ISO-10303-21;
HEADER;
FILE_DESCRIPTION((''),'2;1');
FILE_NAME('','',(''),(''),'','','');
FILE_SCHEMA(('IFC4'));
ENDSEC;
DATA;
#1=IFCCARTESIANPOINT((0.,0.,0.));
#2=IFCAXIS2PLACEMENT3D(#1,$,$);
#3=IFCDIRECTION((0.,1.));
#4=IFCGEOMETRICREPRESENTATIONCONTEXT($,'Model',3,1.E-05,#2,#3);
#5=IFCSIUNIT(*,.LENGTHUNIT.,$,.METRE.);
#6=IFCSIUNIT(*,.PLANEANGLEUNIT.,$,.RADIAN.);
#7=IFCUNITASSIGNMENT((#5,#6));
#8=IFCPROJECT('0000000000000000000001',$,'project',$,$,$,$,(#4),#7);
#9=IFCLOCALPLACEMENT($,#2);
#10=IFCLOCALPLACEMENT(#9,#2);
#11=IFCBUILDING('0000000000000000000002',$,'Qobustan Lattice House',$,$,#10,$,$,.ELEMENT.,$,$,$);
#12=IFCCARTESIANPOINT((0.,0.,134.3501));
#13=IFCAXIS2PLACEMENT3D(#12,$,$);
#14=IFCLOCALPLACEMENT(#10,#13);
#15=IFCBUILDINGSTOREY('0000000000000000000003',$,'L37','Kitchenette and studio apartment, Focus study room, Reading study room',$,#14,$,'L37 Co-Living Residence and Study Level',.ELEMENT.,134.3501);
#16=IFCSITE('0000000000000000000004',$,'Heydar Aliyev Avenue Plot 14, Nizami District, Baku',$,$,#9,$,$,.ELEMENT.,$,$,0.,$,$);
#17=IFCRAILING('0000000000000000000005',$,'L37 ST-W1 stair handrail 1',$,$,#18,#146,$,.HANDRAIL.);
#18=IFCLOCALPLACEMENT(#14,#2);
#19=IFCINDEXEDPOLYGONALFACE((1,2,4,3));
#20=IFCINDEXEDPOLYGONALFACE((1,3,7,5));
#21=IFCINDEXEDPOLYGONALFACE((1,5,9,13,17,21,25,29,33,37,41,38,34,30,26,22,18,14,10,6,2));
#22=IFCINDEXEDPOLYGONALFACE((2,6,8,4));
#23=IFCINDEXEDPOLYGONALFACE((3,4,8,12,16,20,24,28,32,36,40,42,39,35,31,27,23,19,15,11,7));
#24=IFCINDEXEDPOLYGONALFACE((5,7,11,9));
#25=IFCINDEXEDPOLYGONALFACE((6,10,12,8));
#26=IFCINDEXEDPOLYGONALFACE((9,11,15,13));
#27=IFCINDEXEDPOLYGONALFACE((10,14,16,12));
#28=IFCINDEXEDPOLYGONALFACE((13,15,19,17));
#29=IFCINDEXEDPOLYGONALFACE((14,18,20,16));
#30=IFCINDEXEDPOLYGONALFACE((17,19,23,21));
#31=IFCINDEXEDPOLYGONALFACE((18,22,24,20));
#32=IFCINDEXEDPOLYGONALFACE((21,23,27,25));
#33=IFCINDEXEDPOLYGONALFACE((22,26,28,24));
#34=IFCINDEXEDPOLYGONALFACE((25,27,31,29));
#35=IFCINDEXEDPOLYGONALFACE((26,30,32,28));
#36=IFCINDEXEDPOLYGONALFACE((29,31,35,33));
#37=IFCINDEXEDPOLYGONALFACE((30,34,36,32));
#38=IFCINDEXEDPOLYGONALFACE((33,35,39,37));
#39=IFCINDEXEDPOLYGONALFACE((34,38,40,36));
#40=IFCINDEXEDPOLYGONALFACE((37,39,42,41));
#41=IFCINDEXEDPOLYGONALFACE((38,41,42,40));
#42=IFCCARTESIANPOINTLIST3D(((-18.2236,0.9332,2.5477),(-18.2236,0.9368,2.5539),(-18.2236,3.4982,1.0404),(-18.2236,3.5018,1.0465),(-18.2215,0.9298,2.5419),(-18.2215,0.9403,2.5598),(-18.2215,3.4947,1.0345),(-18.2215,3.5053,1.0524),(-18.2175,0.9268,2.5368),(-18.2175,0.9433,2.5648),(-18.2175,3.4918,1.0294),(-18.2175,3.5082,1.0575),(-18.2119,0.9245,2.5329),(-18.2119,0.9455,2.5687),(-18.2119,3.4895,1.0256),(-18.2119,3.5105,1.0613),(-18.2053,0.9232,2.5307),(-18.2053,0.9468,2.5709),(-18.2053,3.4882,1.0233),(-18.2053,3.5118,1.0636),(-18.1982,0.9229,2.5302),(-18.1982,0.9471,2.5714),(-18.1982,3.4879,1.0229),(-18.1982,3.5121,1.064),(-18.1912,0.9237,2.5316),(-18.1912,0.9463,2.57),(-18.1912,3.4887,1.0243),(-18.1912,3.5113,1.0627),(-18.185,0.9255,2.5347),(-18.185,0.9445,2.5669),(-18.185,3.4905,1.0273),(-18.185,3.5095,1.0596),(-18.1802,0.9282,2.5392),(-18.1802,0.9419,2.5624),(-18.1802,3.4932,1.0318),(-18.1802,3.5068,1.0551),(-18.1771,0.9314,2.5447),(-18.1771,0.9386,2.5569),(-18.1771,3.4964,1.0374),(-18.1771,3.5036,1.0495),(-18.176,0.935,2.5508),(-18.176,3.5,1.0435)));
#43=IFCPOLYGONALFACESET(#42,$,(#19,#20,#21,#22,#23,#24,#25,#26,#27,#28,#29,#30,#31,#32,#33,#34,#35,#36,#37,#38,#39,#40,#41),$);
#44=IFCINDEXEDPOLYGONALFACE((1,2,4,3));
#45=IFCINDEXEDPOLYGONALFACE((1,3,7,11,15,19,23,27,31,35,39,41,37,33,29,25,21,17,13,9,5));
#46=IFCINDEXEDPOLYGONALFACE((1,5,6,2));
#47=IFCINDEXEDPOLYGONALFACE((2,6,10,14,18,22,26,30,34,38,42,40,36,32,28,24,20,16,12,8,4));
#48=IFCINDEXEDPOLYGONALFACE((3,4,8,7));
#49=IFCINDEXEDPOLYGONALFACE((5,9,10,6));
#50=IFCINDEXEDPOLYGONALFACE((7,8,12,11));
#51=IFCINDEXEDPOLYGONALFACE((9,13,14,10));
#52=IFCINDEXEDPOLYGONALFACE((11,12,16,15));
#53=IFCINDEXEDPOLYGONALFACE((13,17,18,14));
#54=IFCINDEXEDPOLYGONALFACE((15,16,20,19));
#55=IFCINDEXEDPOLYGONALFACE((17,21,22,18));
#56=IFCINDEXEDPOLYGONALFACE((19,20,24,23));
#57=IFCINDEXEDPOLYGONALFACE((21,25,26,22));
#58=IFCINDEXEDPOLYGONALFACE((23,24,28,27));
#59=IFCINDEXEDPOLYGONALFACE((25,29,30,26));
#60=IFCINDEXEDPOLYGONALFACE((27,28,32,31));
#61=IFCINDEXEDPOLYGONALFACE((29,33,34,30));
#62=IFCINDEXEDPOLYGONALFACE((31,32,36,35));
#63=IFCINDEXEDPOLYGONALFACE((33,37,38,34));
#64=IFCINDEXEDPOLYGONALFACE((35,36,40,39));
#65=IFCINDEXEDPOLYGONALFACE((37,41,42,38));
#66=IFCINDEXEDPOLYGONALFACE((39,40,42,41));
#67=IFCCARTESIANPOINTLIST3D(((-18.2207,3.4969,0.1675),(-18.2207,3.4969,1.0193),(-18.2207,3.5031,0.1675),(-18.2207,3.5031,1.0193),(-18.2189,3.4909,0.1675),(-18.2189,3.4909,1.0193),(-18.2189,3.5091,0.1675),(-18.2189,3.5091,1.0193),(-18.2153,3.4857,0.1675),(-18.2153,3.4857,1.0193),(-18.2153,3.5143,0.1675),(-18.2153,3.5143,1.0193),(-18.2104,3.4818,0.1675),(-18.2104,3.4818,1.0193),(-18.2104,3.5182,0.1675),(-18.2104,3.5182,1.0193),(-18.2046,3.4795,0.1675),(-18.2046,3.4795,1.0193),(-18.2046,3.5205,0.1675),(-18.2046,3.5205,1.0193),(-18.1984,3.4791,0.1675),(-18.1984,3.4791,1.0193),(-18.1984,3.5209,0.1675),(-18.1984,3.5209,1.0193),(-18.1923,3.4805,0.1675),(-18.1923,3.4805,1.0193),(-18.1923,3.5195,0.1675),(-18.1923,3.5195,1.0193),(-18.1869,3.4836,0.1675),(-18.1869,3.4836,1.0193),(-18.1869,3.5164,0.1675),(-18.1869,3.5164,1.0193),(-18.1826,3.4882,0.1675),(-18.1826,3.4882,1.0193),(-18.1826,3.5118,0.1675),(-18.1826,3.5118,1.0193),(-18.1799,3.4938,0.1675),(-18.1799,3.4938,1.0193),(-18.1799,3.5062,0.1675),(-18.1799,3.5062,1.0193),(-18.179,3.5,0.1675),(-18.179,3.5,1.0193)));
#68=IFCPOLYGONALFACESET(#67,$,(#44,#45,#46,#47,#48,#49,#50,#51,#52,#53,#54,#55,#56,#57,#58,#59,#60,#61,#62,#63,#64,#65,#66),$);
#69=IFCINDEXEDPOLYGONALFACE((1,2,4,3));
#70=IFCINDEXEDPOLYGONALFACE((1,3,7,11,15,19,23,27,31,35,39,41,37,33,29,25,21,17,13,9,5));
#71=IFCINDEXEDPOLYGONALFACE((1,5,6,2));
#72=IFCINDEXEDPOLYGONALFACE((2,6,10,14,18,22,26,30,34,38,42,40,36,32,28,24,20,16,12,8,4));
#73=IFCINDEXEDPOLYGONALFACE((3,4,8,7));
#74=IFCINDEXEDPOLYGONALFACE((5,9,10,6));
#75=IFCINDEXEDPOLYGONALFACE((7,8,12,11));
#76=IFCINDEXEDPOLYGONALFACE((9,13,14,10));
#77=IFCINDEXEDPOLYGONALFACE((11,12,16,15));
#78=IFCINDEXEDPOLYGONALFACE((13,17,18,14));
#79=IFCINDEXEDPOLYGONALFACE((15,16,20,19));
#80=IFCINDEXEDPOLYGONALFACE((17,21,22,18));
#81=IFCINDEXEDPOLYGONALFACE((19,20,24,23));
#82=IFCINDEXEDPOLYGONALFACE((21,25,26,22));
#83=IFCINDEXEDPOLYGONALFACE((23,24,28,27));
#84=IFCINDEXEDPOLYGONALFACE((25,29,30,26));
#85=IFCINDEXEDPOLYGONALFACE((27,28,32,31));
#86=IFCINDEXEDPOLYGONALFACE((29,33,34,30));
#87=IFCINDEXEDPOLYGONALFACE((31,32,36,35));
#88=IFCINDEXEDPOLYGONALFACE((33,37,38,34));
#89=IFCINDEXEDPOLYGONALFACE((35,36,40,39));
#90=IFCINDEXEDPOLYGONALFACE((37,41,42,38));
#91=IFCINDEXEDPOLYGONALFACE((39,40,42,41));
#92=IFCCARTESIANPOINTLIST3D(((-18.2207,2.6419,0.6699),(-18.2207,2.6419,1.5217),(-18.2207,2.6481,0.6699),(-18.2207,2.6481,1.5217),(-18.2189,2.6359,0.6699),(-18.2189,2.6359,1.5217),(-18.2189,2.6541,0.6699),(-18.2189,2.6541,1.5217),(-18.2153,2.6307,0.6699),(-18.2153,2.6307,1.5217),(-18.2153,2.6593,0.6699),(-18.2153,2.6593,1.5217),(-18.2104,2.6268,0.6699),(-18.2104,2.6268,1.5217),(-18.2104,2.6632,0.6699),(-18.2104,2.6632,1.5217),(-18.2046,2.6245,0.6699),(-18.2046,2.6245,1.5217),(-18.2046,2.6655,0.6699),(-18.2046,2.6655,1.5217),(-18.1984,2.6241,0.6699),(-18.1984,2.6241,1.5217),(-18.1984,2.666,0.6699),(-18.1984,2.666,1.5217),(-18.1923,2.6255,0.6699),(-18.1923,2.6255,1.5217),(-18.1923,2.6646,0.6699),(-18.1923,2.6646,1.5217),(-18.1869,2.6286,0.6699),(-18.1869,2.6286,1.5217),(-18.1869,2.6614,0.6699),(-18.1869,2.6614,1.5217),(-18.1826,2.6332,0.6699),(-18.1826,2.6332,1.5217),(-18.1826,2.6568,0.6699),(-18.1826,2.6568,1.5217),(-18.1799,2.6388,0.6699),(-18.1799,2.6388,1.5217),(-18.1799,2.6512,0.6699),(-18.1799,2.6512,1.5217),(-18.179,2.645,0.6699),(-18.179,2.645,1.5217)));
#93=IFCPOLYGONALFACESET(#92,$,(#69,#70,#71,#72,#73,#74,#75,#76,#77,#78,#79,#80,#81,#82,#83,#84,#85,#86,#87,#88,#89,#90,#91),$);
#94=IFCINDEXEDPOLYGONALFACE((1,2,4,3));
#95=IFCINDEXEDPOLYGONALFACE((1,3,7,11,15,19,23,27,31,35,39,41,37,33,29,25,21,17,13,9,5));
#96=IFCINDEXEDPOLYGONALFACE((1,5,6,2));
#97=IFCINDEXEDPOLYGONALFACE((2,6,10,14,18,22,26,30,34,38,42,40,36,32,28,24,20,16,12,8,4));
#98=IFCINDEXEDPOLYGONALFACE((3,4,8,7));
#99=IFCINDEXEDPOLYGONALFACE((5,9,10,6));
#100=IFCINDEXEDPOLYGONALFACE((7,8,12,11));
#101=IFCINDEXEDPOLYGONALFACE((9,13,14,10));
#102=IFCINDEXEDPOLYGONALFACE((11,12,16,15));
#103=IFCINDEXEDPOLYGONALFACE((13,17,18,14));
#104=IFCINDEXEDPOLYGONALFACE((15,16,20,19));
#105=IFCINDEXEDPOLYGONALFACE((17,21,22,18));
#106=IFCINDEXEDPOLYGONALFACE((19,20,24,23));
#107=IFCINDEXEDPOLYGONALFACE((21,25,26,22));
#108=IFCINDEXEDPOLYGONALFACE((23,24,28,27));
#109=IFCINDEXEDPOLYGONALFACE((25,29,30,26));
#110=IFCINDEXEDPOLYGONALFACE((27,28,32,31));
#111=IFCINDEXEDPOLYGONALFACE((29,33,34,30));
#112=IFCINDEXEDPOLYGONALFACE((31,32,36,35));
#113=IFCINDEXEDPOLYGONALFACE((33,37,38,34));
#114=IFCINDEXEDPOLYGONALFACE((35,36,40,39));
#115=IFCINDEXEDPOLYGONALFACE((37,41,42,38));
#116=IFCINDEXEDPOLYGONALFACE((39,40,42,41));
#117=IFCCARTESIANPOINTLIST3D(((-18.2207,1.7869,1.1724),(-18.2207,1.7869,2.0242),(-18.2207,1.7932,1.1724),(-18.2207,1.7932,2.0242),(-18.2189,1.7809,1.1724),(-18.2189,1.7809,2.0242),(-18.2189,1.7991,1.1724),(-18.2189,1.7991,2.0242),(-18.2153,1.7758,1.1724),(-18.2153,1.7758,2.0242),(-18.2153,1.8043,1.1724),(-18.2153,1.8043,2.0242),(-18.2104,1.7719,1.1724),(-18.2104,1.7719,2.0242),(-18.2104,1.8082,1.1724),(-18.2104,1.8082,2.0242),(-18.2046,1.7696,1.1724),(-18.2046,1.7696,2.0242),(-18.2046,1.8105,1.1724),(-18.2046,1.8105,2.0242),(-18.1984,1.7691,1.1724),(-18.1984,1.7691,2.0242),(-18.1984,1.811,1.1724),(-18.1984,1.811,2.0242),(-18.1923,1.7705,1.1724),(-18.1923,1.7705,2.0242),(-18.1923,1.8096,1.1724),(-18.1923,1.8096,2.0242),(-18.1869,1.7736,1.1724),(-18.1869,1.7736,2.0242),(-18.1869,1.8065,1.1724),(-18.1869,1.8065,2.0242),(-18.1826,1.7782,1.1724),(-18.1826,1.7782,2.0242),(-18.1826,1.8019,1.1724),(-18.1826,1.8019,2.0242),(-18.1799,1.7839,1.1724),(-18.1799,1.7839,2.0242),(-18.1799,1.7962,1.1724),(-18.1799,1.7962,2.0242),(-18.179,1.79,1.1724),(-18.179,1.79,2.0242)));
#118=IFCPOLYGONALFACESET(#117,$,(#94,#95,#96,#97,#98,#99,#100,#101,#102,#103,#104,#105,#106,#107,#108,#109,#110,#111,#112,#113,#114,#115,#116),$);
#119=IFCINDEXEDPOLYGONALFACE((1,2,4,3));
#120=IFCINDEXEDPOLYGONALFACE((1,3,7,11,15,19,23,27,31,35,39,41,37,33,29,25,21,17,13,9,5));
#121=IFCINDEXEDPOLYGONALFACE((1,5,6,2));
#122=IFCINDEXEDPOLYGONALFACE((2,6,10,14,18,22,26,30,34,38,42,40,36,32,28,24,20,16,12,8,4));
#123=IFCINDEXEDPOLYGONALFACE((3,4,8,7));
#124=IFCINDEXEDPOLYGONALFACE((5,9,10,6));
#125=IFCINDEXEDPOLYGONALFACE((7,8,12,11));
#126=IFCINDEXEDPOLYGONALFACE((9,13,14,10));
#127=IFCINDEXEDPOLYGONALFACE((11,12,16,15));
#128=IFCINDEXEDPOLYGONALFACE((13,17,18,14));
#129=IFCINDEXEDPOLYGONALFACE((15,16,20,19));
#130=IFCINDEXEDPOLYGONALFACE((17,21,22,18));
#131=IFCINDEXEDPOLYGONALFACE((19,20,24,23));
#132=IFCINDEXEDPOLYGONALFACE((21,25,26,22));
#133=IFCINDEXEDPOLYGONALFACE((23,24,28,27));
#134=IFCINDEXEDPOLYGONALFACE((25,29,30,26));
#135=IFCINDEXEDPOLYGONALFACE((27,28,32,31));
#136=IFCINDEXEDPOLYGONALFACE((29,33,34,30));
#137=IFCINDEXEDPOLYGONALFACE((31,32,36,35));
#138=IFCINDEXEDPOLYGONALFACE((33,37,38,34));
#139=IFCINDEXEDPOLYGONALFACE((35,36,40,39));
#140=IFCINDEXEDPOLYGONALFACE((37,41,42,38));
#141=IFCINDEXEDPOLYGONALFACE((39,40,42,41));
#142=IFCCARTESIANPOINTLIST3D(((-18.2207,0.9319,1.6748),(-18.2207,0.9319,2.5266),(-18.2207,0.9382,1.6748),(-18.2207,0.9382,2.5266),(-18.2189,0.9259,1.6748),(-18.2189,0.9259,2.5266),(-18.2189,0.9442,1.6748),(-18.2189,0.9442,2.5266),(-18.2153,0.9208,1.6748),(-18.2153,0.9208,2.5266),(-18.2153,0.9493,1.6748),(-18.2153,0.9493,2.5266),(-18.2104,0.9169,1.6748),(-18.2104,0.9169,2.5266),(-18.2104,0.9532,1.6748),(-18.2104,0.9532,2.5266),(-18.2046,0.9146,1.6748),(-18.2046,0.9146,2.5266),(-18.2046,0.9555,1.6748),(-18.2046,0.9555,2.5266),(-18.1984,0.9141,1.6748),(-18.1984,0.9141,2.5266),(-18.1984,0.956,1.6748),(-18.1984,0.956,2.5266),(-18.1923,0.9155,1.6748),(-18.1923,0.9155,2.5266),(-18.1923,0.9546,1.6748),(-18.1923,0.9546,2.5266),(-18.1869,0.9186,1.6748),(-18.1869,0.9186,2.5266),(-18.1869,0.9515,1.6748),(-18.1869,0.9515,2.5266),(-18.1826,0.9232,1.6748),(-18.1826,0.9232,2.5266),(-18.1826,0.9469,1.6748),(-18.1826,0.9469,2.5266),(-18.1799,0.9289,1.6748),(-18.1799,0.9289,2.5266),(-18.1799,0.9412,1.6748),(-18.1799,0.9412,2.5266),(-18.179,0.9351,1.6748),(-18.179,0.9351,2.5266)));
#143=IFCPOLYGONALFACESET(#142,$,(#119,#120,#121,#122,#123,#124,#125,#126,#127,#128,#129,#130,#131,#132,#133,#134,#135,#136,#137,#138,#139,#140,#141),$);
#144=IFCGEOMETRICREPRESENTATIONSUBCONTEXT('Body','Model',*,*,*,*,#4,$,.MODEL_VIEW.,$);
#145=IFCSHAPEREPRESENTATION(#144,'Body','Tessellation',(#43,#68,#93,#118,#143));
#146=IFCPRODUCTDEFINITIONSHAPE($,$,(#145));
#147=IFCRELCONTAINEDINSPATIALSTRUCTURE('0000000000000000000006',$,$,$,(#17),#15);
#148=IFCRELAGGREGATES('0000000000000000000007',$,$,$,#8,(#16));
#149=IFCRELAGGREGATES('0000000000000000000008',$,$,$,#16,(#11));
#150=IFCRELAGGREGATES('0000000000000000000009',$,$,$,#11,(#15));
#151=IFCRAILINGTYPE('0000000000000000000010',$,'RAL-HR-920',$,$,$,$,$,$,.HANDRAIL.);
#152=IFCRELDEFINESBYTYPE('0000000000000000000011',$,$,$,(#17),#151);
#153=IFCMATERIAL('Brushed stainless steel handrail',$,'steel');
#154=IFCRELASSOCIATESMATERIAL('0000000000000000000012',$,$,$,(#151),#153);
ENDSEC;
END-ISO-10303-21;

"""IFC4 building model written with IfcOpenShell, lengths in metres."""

from ifc_helpers import new_model, si_unit, direction, frame, origin, origin_2d, place, context, subcontext, project, spatial, circle, extrude, material, type_object, element, save


model = new_model("IFC4")

# Units and contexts
model_context = context("Model", 3, precision=1e-05, world=origin(), true_north=direction((0.0, 1.0)))
body_context = subcontext(model_context, "Body", "Model", "MODEL_VIEW")
ifc_project = project(units=[si_unit("LENGTHUNIT", "METRE"), si_unit("PLANEANGLEUNIT", "RADIAN")], contexts=[model_context])

# Site, building, storey
site_placement = place(None, origin())
site = spatial("IfcSite", under=ifc_project, at=site_placement, Name="Heydar Aliyev Avenue Plot 14, Nizami District, Baku", CompositionType="ELEMENT", RefElevation=0.0)
building_placement = place(site_placement, origin())
building = spatial("IfcBuilding", under=site, at=building_placement, Name="Qobustan Lattice House", CompositionType="ELEMENT")
storey_placement = place(building_placement, frame((0.0, 0.0, 134.3501)))
storey = spatial("IfcBuildingStorey", under=building, at=storey_placement, Name="L37", Description="Kitchenette and studio apartment, Focus study room, Reading study room", LongName="L37 Co-Living Residence and Study Level", CompositionType="ELEMENT", Elevation=134.3501)

# Railing
ifc_material_1 = material(Name="Brushed stainless steel handrail", Category="steel")
railing_type_1 = type_object("IfcRailingType", Name="RAL-HR-920", PredefinedType="HANDRAIL", material=ifc_material_1)
railing_1_placement = place(storey_placement, frame((-18.2, 3.5, 0.1675)))
element("IfcRailing", 1, at=railing_1_placement, inside=storey, type_object=railing_type_1, Name="L37 ST-W1 stair handrail 1", PredefinedType="HANDRAIL", context=body_context, shape_type="SweptSolid", body=[
    extrude(circle(Radius=0.0239, at=origin_2d()), frame((0.0, 0.0, 0.876), z_axis=(0.0, -0.862149, 0.506654), x_axis=(1.0, 0.0, 0.0)), (0.0, 0.0, 1.0), 2.9751),
    extrude(circle(Radius=0.021, at=origin_2d()), origin(), (0.0, 0.0, 1.0), 0.8518),
    extrude(circle(Radius=0.021, at=origin_2d()), frame((0.0, -0.855, 0.5024)), (0.0, 0.0, 1.0), 0.8518),
    extrude(circle(Radius=0.021, at=origin_2d()), frame((0.0, -1.71, 1.0049)), (0.0, 0.0, 1.0), 0.8518),
    extrude(circle(Radius=0.021, at=origin_2d()), frame((0.0, -2.5649, 1.5073)), (0.0, 0.0, 1.0), 0.8518),
])

save(model, "model.ifc")
